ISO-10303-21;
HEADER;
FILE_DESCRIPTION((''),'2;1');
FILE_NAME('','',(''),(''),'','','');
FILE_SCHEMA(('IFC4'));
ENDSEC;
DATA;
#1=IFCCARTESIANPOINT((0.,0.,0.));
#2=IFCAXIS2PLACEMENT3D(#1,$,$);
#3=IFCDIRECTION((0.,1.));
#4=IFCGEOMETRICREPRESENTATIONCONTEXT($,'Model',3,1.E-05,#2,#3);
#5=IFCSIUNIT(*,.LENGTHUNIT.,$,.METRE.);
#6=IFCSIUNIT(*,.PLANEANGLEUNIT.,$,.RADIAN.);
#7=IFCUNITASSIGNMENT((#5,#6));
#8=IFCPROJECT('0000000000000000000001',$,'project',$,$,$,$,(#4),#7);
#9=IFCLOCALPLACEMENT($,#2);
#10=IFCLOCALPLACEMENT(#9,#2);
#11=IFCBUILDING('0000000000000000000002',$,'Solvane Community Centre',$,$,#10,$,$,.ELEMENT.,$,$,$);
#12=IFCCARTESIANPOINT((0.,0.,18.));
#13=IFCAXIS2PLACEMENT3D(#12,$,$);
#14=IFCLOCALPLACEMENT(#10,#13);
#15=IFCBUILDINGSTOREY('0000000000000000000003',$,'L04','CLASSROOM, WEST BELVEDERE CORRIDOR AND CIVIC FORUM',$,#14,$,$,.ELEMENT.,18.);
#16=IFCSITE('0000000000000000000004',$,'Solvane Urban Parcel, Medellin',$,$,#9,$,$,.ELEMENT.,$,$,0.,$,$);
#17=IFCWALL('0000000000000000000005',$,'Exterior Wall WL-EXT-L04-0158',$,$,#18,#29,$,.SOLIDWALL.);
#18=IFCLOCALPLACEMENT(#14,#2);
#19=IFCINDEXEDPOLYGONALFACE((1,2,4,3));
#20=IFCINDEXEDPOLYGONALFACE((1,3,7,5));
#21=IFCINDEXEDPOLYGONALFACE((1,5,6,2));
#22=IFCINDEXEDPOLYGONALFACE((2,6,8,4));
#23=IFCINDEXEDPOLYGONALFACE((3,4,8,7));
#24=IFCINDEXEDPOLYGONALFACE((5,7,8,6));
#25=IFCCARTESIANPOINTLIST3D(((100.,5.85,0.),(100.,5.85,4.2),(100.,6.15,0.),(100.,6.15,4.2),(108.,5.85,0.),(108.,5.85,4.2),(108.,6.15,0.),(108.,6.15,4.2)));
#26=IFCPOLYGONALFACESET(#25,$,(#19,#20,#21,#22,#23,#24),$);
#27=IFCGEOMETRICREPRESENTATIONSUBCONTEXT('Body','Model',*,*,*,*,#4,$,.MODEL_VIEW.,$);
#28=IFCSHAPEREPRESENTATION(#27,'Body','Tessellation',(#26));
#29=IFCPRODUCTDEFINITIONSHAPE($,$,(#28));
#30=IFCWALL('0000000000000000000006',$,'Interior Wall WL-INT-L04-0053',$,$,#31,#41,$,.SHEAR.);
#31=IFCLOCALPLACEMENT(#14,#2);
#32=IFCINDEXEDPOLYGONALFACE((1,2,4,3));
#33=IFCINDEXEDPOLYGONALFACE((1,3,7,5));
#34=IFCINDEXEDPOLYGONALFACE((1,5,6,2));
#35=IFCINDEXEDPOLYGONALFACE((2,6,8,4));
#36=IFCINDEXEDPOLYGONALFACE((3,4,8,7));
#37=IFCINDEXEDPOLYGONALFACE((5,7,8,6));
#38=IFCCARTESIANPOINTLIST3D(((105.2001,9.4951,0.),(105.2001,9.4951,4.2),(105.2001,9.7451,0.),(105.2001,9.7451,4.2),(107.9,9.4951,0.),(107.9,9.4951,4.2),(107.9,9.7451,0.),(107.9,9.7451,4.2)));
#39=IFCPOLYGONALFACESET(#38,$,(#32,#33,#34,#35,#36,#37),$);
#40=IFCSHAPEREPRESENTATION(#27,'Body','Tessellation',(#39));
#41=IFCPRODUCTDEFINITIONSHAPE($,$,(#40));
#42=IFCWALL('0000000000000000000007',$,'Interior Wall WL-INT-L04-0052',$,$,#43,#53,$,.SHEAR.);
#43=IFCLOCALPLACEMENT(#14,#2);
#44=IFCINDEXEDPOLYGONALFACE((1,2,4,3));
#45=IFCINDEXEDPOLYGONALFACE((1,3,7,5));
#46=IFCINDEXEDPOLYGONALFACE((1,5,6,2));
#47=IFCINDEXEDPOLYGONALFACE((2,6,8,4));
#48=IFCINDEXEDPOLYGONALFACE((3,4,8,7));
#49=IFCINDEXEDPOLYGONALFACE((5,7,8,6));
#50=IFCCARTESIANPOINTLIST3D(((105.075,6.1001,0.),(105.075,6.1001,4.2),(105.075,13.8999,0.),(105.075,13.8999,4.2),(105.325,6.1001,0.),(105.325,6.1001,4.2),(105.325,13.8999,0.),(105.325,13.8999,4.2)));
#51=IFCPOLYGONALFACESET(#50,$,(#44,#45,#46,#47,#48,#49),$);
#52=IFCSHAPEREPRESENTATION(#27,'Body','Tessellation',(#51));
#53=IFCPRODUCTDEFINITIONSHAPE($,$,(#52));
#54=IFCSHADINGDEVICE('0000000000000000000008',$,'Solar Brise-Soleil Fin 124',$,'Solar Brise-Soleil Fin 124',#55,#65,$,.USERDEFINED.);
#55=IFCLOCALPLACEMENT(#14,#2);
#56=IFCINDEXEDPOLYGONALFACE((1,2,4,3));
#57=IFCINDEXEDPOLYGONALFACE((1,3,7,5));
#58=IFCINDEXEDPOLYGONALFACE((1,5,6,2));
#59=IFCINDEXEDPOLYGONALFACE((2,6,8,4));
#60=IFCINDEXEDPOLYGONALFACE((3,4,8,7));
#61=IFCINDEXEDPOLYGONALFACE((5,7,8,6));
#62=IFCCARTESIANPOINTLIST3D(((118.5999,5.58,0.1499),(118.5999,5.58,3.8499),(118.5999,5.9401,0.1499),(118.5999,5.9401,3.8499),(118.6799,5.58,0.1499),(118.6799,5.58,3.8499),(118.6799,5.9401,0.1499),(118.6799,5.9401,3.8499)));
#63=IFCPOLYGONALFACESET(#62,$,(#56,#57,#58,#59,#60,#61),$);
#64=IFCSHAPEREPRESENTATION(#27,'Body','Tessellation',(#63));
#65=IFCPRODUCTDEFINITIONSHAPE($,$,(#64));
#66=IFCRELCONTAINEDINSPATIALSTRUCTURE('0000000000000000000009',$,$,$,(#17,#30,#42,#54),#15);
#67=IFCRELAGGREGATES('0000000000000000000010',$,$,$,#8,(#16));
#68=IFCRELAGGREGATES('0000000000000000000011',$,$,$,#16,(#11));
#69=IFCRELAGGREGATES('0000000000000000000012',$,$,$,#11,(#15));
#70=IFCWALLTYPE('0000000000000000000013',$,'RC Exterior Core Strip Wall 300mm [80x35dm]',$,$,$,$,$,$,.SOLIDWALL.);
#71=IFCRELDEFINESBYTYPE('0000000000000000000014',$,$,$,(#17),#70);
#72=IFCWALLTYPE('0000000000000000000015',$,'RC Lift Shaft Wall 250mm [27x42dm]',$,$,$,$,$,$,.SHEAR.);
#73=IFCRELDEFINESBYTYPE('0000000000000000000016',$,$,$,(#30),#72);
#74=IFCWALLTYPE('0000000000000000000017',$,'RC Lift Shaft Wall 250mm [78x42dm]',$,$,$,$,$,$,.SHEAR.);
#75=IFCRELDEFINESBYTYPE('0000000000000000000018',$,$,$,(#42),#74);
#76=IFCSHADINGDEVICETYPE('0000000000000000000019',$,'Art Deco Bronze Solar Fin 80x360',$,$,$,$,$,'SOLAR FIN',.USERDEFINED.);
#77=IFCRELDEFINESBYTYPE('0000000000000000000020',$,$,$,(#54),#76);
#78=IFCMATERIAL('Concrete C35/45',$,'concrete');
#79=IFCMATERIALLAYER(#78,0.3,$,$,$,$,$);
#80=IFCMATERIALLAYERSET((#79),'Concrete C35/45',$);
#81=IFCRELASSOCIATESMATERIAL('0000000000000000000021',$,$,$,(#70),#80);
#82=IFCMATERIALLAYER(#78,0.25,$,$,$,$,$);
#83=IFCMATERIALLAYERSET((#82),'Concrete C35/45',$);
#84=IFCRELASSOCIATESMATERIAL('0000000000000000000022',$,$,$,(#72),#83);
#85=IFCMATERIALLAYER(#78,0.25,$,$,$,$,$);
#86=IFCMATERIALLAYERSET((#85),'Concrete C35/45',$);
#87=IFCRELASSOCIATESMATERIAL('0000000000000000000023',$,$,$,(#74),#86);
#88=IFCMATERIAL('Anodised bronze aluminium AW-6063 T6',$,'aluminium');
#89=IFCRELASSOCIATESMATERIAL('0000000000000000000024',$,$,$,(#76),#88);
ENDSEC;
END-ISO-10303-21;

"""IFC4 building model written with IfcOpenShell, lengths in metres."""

from ifc_helpers import new_model, si_unit, direction, frame, frame_2d, origin, origin_2d, place, context, subcontext, project, spatial, rectangle, extrude, material, layer, layer_set, type_object, element, save


model = new_model("IFC4")

# Units and contexts
model_context = context("Model", 3, precision=1e-05, world=origin(), true_north=direction((0.0, 1.0)))
body_context = subcontext(model_context, "Body", "Model", "MODEL_VIEW")
ifc_project = project(units=[si_unit("LENGTHUNIT", "METRE"), si_unit("PLANEANGLEUNIT", "RADIAN")], contexts=[model_context])

# Site, building, storey
site_placement = place(None, origin())
site = spatial("IfcSite", under=ifc_project, at=site_placement, Name="Solvane Urban Parcel, Medellin", CompositionType="ELEMENT", RefElevation=0.0)
building_placement = place(site_placement, origin())
building = spatial("IfcBuilding", under=site, at=building_placement, Name="Solvane Community Centre", CompositionType="ELEMENT")
storey_placement = place(building_placement, frame((0.0, 0.0, 18.0)))
storey = spatial("IfcBuildingStorey", under=building, at=storey_placement, Name="L04", Description="CLASSROOM, WEST BELVEDERE CORRIDOR AND CIVIC FORUM", CompositionType="ELEMENT", Elevation=18.0)

# Shared definitions
ifc_material_1 = material(Name="Anodised bronze aluminium AW-6063 T6", Category="aluminium")

# Walls
ifc_material_2 = material(Name="Concrete C35/45", Category="concrete")
ifc_layer_1 = layer(ifc_material_2, 0.3)
ifc_layer_set_1 = layer_set([ifc_layer_1], Name="Concrete C35/45")
wall_type_1 = type_object("IfcWallType", Name="RC Exterior Core Strip Wall 300mm [80x35dm]", PredefinedType="SOLIDWALL", material=ifc_layer_set_1)
wall_1_placement = place(storey_placement, frame((108.0, 6.0, 0.0), z_axis=(0.0, 0.0, 1.0), x_axis=(-1.0, 0.0, 0.0)))
element("IfcWall", 1, at=wall_1_placement, inside=storey, type_object=wall_type_1, Name="Exterior Wall WL-EXT-L04-0158", PredefinedType="SOLIDWALL", context=body_context, shape_type="SweptSolid", body=[
    extrude(rectangle(XDim=8.0, YDim=0.3, at=frame_2d((4.0, 0.0))), origin(), (0.0, 0.0, 1.0), 4.2),
])
ifc_layer_2 = layer(ifc_material_2, 0.25)
ifc_layer_set_2 = layer_set([ifc_layer_2], Name="Concrete C35/45")
wall_type_2 = type_object("IfcWallType", Name="RC Lift Shaft Wall 250mm [27x42dm]", PredefinedType="SHEAR", material=ifc_layer_set_2)
wall_2_placement = place(storey_placement, frame((105.2, 9.6201, 0.0), z_axis=(0.0, 0.0, 1.0), x_axis=(1.0, 0.0, 0.0)))
element("IfcWall", 2, at=wall_2_placement, inside=storey, type_object=wall_type_2, Name="Interior Wall WL-INT-L04-0053", PredefinedType="SHEAR", context=body_context, shape_type="SweptSolid", body=[
    extrude(rectangle(XDim=2.7, YDim=0.25, at=frame_2d((1.3501, 0.0))), origin(), (0.0, 0.0, 1.0), 4.2),
])
ifc_layer_3 = layer(ifc_material_2, 0.25)
ifc_layer_set_3 = layer_set([ifc_layer_3], Name="Concrete C35/45")
wall_type_3 = type_object("IfcWallType", Name="RC Lift Shaft Wall 250mm [78x42dm]", PredefinedType="SHEAR", material=ifc_layer_set_3)
wall_3_placement = place(storey_placement, frame((105.2, 6.1001, 0.0), z_axis=(0.0, 0.0, 1.0), x_axis=(0.0, 1.0, 0.0)))
element("IfcWall", 3, at=wall_3_placement, inside=storey, type_object=wall_type_3, Name="Interior Wall WL-INT-L04-0052", PredefinedType="SHEAR", context=body_context, shape_type="SweptSolid", body=[
    extrude(rectangle(XDim=7.7998, YDim=0.25, at=frame_2d((3.8999, 0.0))), origin(), (0.0, 0.0, 1.0), 4.2),
])

# Shading device
shading_device_type = type_object("IfcShadingDeviceType", Name="Art Deco Bronze Solar Fin 80x360", ElementType="SOLAR FIN", PredefinedType="USERDEFINED", material=ifc_material_1)
shading_device_placement = place(storey_placement, frame((118.6399, 5.76, 0.1499), z_axis=(0.0, 0.0, 1.0), x_axis=(-1.0, 0.0, 0.0)))
element("IfcShadingDevice", 4, at=shading_device_placement, inside=storey, type_object=shading_device_type, Name="Solar Brise-Soleil Fin 124", ObjectType="Solar Brise-Soleil Fin 124", PredefinedType="USERDEFINED", context=body_context, shape_type="SweptSolid", body=[
    extrude(rectangle(XDim=0.0801, YDim=0.3601, at=origin_2d()), origin(), (0.0, 0.0, 1.0), 3.7),
])

save(model, "model.ifc")
